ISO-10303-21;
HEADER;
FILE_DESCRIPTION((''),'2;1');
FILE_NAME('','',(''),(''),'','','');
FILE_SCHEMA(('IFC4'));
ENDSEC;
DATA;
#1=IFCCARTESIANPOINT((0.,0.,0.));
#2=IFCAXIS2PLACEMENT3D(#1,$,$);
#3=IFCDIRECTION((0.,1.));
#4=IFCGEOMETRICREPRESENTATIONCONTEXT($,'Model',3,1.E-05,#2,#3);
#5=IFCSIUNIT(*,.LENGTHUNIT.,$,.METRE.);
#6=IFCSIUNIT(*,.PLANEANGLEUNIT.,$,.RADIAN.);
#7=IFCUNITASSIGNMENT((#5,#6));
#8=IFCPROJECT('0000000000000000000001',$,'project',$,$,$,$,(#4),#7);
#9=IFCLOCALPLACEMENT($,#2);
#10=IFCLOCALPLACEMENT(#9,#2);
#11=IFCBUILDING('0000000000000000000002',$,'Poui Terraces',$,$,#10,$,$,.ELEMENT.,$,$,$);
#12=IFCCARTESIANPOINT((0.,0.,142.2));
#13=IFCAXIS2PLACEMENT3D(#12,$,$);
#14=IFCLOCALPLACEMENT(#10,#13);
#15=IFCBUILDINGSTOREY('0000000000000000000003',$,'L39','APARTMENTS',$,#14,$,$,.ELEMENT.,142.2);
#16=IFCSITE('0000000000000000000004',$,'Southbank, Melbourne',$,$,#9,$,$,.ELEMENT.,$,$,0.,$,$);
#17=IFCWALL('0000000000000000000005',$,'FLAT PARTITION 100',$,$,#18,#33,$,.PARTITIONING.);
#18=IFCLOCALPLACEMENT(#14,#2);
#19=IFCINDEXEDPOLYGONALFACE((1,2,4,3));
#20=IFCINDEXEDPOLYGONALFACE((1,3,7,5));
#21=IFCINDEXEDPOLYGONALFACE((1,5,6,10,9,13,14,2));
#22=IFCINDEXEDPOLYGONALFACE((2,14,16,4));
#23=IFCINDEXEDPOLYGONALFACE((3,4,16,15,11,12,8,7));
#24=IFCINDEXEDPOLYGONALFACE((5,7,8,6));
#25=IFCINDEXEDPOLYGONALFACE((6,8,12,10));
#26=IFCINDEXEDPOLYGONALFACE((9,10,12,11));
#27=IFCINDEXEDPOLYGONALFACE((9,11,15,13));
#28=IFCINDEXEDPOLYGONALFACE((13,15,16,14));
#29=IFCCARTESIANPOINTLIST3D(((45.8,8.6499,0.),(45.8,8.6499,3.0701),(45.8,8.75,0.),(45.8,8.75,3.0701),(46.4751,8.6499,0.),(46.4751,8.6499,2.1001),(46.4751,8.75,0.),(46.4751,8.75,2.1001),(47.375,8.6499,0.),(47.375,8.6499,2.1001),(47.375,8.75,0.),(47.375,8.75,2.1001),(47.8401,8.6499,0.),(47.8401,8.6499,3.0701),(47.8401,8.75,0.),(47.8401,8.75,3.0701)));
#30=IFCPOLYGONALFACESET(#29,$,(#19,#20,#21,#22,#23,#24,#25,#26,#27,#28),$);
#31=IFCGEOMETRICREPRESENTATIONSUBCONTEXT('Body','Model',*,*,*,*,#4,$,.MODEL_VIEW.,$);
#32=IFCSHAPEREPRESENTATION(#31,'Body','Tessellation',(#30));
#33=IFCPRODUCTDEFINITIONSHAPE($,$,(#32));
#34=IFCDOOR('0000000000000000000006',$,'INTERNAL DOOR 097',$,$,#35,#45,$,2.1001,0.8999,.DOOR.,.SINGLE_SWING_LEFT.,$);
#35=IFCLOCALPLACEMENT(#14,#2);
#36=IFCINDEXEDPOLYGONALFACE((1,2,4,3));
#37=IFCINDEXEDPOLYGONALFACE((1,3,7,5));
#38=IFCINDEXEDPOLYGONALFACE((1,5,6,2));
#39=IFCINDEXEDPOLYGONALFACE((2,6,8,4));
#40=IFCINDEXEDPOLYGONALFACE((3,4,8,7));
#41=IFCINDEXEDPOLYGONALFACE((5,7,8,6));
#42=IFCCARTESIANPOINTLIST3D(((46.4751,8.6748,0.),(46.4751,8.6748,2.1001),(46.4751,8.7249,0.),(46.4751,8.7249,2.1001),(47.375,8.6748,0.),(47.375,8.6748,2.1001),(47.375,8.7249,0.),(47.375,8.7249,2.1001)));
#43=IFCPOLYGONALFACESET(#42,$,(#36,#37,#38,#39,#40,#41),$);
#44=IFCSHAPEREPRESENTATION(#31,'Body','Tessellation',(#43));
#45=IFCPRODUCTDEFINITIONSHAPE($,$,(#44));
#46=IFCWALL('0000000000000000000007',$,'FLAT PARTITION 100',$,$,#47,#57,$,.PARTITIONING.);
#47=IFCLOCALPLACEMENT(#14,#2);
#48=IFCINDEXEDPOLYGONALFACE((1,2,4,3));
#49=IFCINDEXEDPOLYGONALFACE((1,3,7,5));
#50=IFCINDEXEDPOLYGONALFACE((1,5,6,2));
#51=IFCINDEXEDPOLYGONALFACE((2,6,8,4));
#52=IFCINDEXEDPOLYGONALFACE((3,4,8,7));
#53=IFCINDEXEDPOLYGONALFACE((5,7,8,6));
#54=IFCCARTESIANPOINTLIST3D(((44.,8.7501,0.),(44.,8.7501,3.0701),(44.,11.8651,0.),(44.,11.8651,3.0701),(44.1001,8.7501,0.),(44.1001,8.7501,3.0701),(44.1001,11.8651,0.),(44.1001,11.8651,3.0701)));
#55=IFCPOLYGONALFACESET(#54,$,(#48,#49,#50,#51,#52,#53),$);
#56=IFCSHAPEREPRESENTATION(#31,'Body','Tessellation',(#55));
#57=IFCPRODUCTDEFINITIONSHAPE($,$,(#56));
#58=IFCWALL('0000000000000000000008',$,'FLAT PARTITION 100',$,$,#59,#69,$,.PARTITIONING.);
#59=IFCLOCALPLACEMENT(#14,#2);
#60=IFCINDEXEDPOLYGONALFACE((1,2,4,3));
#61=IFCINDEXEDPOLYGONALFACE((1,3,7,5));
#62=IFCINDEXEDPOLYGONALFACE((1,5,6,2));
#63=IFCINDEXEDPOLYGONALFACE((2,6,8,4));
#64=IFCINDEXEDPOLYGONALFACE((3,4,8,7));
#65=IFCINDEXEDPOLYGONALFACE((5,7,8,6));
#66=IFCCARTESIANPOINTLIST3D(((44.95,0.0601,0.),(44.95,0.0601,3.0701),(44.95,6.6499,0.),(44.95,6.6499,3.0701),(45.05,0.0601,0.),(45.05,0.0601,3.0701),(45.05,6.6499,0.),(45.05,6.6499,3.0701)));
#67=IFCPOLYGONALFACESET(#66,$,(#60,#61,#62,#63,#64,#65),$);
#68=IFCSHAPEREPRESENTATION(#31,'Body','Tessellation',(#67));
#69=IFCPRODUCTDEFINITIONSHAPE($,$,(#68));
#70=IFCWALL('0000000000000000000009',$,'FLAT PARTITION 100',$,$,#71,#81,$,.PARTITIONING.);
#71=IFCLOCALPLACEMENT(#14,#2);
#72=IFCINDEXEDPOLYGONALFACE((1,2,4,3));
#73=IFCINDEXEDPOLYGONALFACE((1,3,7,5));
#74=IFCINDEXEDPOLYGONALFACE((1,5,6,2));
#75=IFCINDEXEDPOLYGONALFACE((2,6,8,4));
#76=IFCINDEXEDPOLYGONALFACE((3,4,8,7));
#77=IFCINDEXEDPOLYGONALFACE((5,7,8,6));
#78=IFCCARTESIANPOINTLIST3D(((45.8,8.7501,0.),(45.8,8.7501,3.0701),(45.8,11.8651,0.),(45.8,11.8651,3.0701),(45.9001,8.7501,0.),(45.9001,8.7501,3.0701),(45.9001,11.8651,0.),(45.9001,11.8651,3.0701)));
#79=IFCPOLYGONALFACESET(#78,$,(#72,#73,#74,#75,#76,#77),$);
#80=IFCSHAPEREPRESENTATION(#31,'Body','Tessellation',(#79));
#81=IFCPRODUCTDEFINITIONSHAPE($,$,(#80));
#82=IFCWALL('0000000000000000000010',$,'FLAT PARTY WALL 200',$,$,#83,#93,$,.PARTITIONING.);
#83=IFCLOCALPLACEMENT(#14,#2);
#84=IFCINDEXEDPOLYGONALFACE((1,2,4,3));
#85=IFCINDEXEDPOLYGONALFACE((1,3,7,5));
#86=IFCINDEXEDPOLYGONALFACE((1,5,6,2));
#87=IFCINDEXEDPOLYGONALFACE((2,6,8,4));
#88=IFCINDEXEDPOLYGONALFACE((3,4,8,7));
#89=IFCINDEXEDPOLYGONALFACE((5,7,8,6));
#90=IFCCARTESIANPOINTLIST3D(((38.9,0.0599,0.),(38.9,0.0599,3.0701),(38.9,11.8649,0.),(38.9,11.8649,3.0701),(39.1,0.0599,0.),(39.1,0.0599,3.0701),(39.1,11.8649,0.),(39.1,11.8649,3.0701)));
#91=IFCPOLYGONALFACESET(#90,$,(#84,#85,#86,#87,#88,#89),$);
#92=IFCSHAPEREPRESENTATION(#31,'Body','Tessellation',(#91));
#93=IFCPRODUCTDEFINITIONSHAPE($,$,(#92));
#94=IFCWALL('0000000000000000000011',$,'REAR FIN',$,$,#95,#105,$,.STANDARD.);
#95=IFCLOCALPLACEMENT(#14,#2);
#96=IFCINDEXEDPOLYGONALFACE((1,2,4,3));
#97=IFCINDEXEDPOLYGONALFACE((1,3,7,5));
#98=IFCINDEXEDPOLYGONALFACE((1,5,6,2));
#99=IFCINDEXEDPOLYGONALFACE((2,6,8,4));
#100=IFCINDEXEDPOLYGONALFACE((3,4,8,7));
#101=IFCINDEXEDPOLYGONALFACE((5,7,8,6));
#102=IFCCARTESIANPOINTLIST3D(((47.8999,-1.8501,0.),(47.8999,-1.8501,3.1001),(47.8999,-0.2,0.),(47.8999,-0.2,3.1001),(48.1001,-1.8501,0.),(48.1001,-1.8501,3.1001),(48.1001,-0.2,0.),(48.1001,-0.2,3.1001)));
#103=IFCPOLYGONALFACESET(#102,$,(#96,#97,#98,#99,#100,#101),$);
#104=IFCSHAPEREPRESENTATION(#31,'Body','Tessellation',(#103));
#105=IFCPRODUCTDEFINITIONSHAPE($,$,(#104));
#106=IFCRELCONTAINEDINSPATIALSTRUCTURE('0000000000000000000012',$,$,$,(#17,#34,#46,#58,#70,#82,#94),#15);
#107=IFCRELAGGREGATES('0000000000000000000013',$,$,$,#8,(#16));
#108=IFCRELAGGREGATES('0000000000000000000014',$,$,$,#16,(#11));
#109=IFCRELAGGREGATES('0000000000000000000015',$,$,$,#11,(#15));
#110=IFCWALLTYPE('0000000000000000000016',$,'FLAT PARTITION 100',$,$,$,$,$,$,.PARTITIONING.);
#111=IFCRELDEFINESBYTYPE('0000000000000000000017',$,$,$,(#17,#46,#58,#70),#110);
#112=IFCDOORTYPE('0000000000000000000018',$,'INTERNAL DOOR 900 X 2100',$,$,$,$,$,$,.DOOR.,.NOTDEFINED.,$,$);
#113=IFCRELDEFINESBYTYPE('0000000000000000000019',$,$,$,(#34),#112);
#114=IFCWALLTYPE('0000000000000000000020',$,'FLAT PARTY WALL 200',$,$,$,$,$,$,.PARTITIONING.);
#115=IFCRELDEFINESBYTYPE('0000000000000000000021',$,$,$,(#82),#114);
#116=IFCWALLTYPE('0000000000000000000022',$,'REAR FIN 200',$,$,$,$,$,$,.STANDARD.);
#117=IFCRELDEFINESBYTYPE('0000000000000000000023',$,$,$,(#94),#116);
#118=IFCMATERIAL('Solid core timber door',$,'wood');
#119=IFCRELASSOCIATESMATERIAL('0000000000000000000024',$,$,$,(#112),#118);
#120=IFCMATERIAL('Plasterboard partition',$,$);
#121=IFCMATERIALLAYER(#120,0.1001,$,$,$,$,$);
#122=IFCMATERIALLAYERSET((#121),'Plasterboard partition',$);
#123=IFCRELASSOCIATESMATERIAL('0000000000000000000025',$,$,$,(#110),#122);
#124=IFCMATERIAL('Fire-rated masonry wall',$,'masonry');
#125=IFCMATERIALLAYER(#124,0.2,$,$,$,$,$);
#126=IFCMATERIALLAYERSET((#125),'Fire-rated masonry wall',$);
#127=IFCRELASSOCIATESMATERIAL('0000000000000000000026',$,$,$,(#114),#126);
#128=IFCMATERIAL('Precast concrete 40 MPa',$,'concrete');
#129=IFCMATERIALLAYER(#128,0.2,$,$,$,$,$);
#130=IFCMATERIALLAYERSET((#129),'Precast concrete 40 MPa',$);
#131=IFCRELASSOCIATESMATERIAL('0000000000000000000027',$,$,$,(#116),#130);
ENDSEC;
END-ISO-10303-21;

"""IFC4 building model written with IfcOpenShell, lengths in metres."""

from ifc_helpers import new_model, si_unit, direction, frame, frame_2d, origin, place, context, subcontext, project, spatial, polyline, rectangle, outline, extrude, source, transform, mapped, material, layer, layer_set, type_object, element, fill, save


model = new_model("IFC4")

# Units and contexts
model_context = context("Model", 3, precision=1e-05, world=origin(), true_north=direction((0.0, 1.0)))
body_context = subcontext(model_context, "Body", "Model", "MODEL_VIEW")
ifc_project = project(units=[si_unit("LENGTHUNIT", "METRE"), si_unit("PLANEANGLEUNIT", "RADIAN")], contexts=[model_context])

# Site, building, storey
site_placement = place(None, origin())
site = spatial("IfcSite", under=ifc_project, at=site_placement, Name="Southbank, Melbourne", CompositionType="ELEMENT", RefElevation=0.0)
building_placement = place(site_placement, origin())
building = spatial("IfcBuilding", under=site, at=building_placement, Name="Poui Terraces", CompositionType="ELEMENT")
storey_placement = place(building_placement, frame((0.0, 0.0, 142.2)))
storey = spatial("IfcBuildingStorey", under=building, at=storey_placement, Name="L39", Description="APARTMENTS", CompositionType="ELEMENT", Elevation=142.2)

# Wall, opening, door
ifc_material_1 = material(Name="Solid core timber door", Category="wood")
door_type_1 = type_object("IfcDoorType", Name="INTERNAL DOOR 900 X 2100", OperationType="NOTDEFINED", PredefinedType="DOOR", material=ifc_material_1)
ifc_material_2 = material(Name="Plasterboard partition")
ifc_layer_1 = layer(ifc_material_2, 0.1001)
ifc_layer_set_1 = layer_set([ifc_layer_1], Name="Plasterboard partition")
wall_type_1 = type_object("IfcWallType", Name="FLAT PARTITION 100", PredefinedType="PARTITIONING", material=ifc_layer_set_1)
wall_1_placement = place(storey_placement, frame((45.8, 8.7, 0.0), z_axis=(0.0, 0.0, 1.0), x_axis=(1.0, 0.0, 0.0)))
wall_1 = element("IfcWall", 1, at=wall_1_placement, inside=storey, type_object=wall_type_1, Name="FLAT PARTITION 100", PredefinedType="PARTITIONING", context=body_context, shape_type="SweptSolid", body=[
    extrude(rectangle(XDim=2.04, YDim=0.1001, at=frame_2d((1.02, 0.0))), origin(), (0.0, 0.0, 1.0), 3.0701),
])
opening_1_placement = place(wall_1_placement, frame((0.675, 0.0, 0.0)))
opening_1 = element("IfcOpeningElement", 2, at=opening_1_placement, cuts=wall_1, PredefinedType="OPENING", context=body_context, shape_type="SweptSolid", body=[
    extrude(rectangle(XDim=0.8999, YDim=2.1001, at=frame_2d((0.45, 1.05))), frame((0.0, 0.0601, 0.0), z_axis=(0.0, -1.0, 0.0), x_axis=(1.0, 0.0, 0.0)), (0.0, 0.0, 1.0), 0.1201),
])
door_1_placement = place(opening_1_placement, origin())
door_1 = element("IfcDoor", 3, at=door_1_placement, inside=storey, type_object=door_type_1, Name="INTERNAL DOOR 097", OperationType="SINGLE_SWING_LEFT", OverallHeight=2.1001, OverallWidth=0.8999, PredefinedType="DOOR", context=body_context, shape_type="SweptSolid", body=[
    extrude(rectangle(XDim=0.8999, YDim=2.1001, at=frame_2d((0.45, 1.05))), frame((0.0, 0.0249, 0.0), z_axis=(0.0, -1.0, 0.0), x_axis=(1.0, 0.0, 0.0)), (0.0, 0.0, 1.0), 0.05),
])
fill(opening_1, door_1)

# Walls
wall_2_placement = place(storey_placement, frame((44.05, 8.75, 0.0), z_axis=(0.0, 0.0, 1.0), x_axis=(0.0, 1.0, 0.0)))
element("IfcWall", 4, at=wall_2_placement, inside=storey, type_object=wall_type_1, Name="FLAT PARTITION 100", PredefinedType="PARTITIONING", context=body_context, shape_type="SweptSolid", body=[
    extrude(rectangle(XDim=3.115, YDim=0.1001, at=frame_2d((1.5576, 0.0))), origin(), (0.0, 0.0, 1.0), 3.0701),
])
wall_3_placement = place(storey_placement, frame((45.0, 0.0601, 0.0), z_axis=(0.0, 0.0, 1.0), x_axis=(0.0, 1.0, 0.0)))
element("IfcWall", 5, at=wall_3_placement, inside=storey, type_object=wall_type_1, Name="FLAT PARTITION 100", PredefinedType="PARTITIONING", context=body_context, shape_type="SweptSolid", body=[
    extrude(rectangle(XDim=6.5898, YDim=0.1001, at=frame_2d((3.2949, 0.0))), origin(), (0.0, 0.0, 1.0), 3.0701),
])
wall_4_placement = place(storey_placement, frame((45.8501, 8.75, 0.0), z_axis=(0.0, 0.0, 1.0), x_axis=(0.0, 1.0, 0.0)))
element("IfcWall", 6, at=wall_4_placement, inside=storey, type_object=wall_type_1, Name="FLAT PARTITION 100", PredefinedType="PARTITIONING", context=body_context, shape_type="SweptSolid", body=[
    extrude(rectangle(XDim=3.115, YDim=0.1001, at=frame_2d((1.5576, 0.0))), origin(), (0.0, 0.0, 1.0), 3.0701),
])
ifc_material_3 = material(Name="Fire-rated masonry wall", Category="masonry")
ifc_layer_2 = layer(ifc_material_3, 0.2)
ifc_layer_set_2 = layer_set([ifc_layer_2], Name="Fire-rated masonry wall")
wall_type_2 = type_object("IfcWallType", Name="FLAT PARTY WALL 200", PredefinedType="PARTITIONING", material=ifc_layer_set_2)
wall_5_placement = place(storey_placement, frame((39.0, 0.0601, 0.0), z_axis=(0.0, 0.0, 1.0), x_axis=(0.0, 1.0, 0.0)))
element("IfcWall", 7, at=wall_5_placement, inside=storey, type_object=wall_type_2, Name="FLAT PARTY WALL 200", PredefinedType="PARTITIONING", context=body_context, shape_type="SweptSolid", body=[
    extrude(rectangle(XDim=11.8049, YDim=0.2, at=frame_2d((5.9023, 0.0))), origin(), (0.0, 0.0, 1.0), 3.0701),
])
ifc_material_4 = material(Name="Precast concrete 40 MPa", Category="concrete")
ifc_layer_3 = layer(ifc_material_4, 0.2)
ifc_layer_set_3 = layer_set([ifc_layer_3], Name="Precast concrete 40 MPa")
wall_type_3 = type_object("IfcWallType", Name="REAR FIN 200", PredefinedType="STANDARD", material=ifc_layer_set_3)
shared_shape = source(origin(), body_context, "Body", "SweptSolid", [
    extrude(outline(polyline([(0.0, 0.0), (0.2002, 0.0), (0.2002, 1.6501), (0.0, 1.6501), (0.0, 0.0)])), origin(), (0.0, 0.0, 1.0), 3.1001),
])
wall_6_placement = place(storey_placement, frame((47.8999, -1.8501, 0.0)))
element("IfcWall", 8, at=wall_6_placement, inside=storey, type_object=wall_type_3, Name="REAR FIN", PredefinedType="STANDARD", context=body_context, shape_type="MappedRepresentation", body=[
    mapped(shared_shape, transform((0.0, 0.0, 0.0))),
])

save(model, "model.ifc")
